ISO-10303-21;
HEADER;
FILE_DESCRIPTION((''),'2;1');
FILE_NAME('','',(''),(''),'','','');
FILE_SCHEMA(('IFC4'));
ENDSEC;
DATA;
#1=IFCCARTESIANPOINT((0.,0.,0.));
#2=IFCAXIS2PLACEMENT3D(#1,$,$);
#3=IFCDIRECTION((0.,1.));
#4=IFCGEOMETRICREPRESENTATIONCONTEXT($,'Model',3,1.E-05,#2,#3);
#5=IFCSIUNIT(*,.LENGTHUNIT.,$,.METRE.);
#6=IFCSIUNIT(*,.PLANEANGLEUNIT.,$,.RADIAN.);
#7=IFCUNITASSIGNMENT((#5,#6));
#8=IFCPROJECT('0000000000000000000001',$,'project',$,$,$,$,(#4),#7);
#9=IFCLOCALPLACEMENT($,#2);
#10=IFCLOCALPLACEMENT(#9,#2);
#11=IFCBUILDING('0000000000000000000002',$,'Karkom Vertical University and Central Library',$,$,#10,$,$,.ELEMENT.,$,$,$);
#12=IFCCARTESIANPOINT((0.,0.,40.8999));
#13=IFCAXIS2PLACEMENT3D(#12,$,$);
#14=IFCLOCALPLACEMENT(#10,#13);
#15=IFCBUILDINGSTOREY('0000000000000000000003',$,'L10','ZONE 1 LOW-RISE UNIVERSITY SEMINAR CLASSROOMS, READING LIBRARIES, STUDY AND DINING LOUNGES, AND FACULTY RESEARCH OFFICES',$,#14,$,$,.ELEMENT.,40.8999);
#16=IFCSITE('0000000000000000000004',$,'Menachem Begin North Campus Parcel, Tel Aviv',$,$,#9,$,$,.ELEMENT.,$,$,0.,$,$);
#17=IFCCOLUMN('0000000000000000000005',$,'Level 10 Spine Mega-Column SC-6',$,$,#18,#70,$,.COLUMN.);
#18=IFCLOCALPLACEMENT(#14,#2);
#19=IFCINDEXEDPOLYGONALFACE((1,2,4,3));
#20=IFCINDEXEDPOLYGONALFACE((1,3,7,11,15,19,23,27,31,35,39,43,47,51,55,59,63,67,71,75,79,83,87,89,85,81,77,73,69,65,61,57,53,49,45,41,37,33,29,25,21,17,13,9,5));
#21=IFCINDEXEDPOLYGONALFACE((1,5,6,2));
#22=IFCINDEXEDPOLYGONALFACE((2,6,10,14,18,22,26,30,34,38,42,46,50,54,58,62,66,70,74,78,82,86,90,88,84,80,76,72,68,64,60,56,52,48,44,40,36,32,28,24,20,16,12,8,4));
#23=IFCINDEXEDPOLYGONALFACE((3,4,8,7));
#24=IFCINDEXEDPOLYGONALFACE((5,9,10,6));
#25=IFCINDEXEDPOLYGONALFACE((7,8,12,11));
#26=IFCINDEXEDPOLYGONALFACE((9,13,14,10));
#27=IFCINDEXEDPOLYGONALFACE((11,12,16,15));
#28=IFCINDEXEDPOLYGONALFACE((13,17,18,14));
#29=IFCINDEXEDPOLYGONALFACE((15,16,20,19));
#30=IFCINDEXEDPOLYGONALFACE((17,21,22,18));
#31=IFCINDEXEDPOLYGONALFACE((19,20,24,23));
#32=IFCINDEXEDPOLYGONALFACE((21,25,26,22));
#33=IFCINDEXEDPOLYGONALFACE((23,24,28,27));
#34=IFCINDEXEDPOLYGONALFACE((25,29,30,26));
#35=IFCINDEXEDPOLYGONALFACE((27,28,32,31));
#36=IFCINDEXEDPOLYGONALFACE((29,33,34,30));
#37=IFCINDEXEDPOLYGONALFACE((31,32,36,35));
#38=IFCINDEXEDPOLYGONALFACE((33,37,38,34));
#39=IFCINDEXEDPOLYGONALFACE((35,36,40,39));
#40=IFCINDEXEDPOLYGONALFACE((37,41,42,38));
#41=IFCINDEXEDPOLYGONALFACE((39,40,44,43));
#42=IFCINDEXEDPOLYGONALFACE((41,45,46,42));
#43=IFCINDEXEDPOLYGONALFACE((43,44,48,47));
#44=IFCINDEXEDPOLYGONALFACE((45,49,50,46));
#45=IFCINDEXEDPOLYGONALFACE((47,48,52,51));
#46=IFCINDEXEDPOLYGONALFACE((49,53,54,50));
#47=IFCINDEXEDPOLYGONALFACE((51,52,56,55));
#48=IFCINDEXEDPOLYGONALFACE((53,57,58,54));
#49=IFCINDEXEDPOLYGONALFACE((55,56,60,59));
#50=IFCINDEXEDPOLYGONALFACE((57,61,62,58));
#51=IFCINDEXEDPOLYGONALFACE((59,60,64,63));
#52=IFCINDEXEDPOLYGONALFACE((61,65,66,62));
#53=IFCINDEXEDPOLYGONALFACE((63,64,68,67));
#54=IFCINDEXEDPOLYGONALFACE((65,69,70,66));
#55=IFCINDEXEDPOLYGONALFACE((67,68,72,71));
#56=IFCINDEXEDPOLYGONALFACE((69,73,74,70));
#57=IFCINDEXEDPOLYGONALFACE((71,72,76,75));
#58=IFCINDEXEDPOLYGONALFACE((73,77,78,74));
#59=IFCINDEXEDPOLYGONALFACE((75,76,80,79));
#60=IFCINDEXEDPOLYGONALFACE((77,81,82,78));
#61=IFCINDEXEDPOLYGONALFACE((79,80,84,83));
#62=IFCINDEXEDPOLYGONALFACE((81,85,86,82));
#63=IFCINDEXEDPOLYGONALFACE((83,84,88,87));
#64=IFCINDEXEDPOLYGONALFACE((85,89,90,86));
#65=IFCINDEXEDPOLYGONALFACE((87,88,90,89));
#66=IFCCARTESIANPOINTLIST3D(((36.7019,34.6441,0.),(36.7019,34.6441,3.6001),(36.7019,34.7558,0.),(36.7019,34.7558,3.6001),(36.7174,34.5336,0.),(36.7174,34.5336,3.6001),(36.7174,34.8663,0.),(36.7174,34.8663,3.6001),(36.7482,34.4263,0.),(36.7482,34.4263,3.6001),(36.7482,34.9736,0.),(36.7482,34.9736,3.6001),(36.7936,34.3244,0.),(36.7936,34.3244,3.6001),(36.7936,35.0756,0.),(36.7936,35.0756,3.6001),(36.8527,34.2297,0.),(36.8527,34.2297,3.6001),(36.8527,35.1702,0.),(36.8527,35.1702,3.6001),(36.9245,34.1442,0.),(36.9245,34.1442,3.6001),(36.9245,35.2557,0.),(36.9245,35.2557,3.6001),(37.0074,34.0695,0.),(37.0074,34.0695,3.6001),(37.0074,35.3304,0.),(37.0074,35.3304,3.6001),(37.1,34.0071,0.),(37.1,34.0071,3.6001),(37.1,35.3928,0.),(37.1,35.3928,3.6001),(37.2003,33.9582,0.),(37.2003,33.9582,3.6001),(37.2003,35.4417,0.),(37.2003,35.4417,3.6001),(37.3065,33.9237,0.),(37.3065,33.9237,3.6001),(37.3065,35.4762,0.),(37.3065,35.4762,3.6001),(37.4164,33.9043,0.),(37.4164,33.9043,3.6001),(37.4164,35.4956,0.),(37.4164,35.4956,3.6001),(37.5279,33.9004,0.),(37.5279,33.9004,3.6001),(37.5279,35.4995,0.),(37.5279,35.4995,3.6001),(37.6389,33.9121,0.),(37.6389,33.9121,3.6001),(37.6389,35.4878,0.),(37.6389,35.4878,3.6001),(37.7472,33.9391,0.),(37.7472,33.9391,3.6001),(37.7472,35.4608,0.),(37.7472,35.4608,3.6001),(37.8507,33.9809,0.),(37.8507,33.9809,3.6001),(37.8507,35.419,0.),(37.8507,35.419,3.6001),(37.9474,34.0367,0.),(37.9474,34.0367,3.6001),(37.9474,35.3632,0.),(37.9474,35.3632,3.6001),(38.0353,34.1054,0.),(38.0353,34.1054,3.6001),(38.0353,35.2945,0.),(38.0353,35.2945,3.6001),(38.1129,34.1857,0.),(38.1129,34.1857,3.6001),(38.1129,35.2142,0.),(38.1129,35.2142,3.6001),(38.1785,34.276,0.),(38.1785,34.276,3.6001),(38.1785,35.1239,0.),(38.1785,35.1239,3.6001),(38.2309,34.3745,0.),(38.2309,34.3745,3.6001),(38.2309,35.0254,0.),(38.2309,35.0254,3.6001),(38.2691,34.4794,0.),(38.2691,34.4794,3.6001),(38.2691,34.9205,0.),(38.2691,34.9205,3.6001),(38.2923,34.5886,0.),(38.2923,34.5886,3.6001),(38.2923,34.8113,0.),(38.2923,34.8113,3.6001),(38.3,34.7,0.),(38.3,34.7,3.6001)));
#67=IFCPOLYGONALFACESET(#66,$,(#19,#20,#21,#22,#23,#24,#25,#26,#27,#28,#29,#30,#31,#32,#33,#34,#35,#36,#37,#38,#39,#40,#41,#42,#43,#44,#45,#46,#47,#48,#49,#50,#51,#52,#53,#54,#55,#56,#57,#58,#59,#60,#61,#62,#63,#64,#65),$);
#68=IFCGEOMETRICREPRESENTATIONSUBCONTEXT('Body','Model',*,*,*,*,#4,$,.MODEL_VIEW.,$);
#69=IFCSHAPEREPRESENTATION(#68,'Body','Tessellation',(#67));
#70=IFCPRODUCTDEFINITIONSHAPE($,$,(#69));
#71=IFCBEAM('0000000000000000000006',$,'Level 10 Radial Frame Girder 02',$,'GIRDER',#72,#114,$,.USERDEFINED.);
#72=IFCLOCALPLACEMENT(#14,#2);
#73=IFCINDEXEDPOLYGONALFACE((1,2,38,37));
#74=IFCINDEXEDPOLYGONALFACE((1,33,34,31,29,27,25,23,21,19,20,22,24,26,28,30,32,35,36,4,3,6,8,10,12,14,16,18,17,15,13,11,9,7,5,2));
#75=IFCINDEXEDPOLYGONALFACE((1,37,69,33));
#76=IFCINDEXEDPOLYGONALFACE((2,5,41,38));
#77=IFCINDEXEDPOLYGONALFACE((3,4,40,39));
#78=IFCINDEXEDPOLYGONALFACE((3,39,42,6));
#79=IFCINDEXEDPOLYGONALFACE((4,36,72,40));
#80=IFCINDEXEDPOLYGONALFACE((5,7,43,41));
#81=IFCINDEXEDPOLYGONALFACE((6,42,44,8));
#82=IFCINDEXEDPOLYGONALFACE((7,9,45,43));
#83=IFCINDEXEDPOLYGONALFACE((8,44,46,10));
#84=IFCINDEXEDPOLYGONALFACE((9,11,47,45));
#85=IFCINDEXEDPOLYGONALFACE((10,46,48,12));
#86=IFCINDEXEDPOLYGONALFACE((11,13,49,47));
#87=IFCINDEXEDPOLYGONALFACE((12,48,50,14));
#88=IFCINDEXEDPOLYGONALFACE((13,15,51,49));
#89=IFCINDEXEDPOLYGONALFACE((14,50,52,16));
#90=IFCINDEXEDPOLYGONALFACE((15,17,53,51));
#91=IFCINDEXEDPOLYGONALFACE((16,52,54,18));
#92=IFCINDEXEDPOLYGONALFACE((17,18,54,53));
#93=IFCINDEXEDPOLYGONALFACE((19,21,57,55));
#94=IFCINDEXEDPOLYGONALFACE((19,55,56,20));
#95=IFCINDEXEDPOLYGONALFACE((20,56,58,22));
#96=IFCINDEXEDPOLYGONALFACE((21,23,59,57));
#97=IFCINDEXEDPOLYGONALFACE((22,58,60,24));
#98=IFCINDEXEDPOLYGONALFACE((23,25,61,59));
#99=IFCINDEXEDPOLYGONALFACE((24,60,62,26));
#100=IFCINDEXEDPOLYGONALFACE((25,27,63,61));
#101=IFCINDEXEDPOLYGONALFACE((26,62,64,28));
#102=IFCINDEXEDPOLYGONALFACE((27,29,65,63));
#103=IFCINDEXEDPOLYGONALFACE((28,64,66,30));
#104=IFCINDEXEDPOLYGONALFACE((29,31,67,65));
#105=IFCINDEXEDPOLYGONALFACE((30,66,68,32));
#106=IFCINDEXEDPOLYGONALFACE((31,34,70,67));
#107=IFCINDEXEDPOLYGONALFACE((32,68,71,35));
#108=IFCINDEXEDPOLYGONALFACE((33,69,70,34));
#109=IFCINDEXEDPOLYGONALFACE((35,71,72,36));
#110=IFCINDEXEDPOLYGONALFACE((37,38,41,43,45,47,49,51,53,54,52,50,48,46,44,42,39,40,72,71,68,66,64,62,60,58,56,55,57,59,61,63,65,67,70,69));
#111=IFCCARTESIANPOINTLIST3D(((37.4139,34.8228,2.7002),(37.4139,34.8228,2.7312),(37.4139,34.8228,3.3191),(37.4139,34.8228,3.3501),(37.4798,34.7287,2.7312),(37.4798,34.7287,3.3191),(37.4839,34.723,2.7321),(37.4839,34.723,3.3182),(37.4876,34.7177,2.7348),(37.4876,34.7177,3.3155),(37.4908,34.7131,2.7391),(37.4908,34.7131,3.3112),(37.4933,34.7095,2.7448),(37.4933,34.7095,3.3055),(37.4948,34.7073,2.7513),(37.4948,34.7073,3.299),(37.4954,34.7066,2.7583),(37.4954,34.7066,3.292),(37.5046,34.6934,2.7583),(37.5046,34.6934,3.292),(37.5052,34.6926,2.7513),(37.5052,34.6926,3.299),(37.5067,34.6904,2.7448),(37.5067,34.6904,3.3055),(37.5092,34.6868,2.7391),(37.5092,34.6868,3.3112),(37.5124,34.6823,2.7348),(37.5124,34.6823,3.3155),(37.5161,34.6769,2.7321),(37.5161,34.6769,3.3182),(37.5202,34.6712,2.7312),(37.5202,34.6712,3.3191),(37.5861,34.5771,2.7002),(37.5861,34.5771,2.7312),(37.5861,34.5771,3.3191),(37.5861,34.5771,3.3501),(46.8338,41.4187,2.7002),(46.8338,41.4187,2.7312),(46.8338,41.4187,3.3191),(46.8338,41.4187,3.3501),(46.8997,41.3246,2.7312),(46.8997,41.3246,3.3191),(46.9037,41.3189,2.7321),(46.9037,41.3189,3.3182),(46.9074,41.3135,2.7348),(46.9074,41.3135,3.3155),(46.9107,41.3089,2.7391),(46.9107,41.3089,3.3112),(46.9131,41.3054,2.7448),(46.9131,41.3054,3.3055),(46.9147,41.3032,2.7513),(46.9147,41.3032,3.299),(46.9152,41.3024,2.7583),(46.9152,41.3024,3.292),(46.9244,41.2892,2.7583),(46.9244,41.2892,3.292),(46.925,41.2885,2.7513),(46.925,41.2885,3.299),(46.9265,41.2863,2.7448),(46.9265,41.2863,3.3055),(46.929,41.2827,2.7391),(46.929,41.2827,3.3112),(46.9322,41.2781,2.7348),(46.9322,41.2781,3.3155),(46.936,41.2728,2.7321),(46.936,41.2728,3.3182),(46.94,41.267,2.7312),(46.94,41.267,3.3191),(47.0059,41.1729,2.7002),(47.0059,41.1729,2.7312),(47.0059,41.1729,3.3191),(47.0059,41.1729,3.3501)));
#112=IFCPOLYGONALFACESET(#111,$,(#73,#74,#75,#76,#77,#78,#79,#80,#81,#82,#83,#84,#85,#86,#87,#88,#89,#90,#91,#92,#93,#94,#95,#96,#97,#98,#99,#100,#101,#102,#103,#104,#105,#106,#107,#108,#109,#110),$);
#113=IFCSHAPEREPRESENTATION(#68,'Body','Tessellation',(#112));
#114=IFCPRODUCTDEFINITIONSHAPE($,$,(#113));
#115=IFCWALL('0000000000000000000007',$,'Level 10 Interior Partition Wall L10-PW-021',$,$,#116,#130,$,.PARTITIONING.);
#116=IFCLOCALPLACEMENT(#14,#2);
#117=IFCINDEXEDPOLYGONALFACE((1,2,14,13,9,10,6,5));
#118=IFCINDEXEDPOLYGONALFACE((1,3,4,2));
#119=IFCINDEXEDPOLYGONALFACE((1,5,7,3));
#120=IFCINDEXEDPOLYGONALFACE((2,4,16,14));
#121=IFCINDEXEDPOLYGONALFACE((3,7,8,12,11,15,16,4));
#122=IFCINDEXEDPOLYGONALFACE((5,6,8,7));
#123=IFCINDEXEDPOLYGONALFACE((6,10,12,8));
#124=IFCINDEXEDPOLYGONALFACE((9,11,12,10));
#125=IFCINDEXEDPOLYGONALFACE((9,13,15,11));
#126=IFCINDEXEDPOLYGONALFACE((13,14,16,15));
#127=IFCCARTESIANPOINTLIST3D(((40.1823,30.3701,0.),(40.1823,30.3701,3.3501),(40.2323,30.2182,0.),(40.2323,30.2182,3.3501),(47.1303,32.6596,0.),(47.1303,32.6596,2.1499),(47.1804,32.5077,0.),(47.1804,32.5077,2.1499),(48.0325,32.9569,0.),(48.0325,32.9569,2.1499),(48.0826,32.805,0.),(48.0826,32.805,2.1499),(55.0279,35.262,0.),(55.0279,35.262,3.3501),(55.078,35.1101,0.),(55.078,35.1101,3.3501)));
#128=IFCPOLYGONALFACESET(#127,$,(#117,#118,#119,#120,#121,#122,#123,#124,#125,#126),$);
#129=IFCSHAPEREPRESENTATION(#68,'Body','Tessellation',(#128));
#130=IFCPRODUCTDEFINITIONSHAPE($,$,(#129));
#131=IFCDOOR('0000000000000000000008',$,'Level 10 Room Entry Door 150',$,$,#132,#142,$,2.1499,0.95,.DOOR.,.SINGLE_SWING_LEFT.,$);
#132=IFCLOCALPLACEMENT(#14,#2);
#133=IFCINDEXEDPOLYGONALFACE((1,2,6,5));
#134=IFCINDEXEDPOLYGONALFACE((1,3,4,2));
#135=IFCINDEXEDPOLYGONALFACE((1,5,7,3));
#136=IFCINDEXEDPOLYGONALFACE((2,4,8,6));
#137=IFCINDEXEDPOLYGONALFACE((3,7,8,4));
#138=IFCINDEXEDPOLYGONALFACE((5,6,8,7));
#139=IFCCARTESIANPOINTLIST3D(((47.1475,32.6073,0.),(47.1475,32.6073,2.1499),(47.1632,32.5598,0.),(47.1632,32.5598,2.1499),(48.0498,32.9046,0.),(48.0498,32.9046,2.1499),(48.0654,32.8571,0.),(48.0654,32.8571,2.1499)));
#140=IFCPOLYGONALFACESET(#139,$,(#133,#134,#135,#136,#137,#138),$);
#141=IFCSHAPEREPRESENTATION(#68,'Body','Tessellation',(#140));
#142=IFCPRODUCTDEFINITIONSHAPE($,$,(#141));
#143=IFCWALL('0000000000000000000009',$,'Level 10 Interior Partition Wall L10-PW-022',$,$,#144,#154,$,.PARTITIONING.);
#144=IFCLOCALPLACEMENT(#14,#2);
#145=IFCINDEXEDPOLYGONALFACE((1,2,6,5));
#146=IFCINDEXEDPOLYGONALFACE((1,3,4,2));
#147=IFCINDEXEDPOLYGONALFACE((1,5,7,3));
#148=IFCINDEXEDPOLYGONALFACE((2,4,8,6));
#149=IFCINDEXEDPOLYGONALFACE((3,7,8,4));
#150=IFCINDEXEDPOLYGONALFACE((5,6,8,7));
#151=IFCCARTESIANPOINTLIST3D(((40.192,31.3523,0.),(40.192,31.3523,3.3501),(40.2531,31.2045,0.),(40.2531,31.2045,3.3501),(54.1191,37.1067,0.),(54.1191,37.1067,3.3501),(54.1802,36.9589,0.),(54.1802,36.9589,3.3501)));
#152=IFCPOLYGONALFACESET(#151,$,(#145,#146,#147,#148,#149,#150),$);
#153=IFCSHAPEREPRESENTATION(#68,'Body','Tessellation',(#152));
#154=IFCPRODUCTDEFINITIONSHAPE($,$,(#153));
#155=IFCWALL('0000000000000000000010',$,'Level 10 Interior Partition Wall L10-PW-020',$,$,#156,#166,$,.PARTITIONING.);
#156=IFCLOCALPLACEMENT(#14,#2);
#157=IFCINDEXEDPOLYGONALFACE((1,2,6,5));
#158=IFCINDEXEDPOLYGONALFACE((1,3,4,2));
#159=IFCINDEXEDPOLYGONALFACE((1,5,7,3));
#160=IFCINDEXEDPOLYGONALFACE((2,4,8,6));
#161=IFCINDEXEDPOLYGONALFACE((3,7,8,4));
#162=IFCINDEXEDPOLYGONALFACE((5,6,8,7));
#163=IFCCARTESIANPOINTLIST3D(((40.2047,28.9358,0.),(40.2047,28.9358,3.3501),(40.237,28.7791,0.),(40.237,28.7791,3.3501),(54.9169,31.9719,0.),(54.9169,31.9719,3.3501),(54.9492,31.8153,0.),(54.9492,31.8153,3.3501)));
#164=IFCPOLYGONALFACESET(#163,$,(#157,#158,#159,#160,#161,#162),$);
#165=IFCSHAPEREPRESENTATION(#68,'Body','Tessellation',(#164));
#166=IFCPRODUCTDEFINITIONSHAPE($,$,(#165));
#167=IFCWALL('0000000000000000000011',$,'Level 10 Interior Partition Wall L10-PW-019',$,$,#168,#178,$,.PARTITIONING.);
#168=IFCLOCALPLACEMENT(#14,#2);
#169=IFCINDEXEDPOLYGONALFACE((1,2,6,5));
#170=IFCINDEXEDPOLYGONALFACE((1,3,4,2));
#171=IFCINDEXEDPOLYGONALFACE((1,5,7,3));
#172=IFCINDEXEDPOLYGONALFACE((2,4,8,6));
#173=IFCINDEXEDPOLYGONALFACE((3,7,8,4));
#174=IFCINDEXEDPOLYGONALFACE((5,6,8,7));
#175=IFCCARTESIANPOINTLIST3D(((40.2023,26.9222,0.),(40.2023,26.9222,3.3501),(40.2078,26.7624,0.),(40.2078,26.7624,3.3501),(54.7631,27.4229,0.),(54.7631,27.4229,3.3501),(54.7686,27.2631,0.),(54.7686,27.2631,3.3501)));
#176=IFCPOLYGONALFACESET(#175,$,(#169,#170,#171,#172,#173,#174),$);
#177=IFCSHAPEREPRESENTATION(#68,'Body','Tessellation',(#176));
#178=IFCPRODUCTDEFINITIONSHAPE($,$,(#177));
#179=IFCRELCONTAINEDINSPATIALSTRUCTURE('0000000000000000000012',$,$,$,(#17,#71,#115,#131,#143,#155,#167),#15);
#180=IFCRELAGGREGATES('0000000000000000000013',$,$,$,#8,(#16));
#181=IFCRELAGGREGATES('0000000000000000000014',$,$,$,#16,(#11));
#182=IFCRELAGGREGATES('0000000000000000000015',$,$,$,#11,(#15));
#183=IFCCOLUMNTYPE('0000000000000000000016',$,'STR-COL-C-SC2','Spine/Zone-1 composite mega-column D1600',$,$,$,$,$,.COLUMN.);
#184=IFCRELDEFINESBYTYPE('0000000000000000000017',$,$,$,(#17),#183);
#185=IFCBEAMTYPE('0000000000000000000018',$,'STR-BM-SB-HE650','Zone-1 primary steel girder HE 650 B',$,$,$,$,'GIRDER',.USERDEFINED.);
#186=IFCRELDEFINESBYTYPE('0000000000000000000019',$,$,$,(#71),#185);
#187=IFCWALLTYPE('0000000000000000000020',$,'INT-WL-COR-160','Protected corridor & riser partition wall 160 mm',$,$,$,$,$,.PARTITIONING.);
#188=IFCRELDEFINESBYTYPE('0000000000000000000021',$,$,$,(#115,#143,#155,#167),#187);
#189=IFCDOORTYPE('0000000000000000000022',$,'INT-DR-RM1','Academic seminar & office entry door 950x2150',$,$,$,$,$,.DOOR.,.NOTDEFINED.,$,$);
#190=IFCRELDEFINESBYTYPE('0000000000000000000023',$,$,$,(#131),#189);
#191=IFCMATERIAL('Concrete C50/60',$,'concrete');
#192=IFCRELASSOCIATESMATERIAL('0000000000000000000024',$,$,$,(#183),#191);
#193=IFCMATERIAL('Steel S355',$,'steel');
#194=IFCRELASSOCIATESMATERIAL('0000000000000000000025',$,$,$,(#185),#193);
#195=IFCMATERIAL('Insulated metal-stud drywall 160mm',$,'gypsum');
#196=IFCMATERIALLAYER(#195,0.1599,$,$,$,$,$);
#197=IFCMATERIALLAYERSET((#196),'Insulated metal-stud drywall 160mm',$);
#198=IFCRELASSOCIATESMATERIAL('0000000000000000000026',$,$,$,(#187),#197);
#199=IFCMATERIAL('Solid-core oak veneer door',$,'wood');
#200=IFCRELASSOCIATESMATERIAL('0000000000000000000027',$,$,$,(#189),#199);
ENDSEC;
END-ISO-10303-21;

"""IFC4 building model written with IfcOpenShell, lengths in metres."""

from ifc_helpers import new_model, si_unit, direction, frame, frame_2d, origin, origin_with_axes, origin_2d, place, context, subcontext, project, spatial, rectangle, circle, i_section, extrude, source, transform, mapped, material, layer, layer_set, material_profile, profile_set, type_object, element, fill, save


model = new_model("IFC4")

# Units and contexts
model_context = context("Model", 3, precision=1e-05, world=origin(), true_north=direction((0.0, 1.0)))
body_context = subcontext(model_context, "Body", "Model", "MODEL_VIEW")
ifc_project = project(units=[si_unit("LENGTHUNIT", "METRE"), si_unit("PLANEANGLEUNIT", "RADIAN")], contexts=[model_context])

# Site, building, storey
site_placement = place(None, origin())
site = spatial("IfcSite", under=ifc_project, at=site_placement, Name="Menachem Begin North Campus Parcel, Tel Aviv", CompositionType="ELEMENT", RefElevation=0.0)
building_placement = place(site_placement, origin())
building = spatial("IfcBuilding", under=site, at=building_placement, Name="Karkom Vertical University and Central Library", CompositionType="ELEMENT")
storey_placement = place(building_placement, frame((0.0, 0.0, 40.8999)))
storey = spatial("IfcBuildingStorey", under=building, at=storey_placement, Name="L10", Description="ZONE 1 LOW-RISE UNIVERSITY SEMINAR CLASSROOMS, READING LIBRARIES, STUDY AND DINING LOUNGES, AND FACULTY RESEARCH OFFICES", CompositionType="ELEMENT", Elevation=40.8999)

# Column
ifc_material_1 = material(Name="Concrete C50/60", Category="concrete")
ifc_material_profile_1 = material_profile(ifc_material_1, circle(Radius=0.8, at=origin_2d()), Name="CFT-D1600")
ifc_profile_set_1 = profile_set([ifc_material_profile_1], Name="Concrete C50/60")
column_type = type_object("IfcColumnType", Name="STR-COL-C-SC2", Description="Spine/Zone-1 composite mega-column D1600", PredefinedType="COLUMN", material=ifc_profile_set_1)
shared_shape_1 = source(origin_with_axes(), body_context, "Body", "SweptSolid", [
    extrude(circle(Radius=0.8, at=origin_2d()), origin(), (0.0, 0.0, 1.0), 3.6001),
])
column_placement = place(storey_placement, frame((37.5, 34.7, 0.0), z_axis=(0.0, 0.0, 1.0), x_axis=(1.0, 0.0, 0.0)))
element("IfcColumn", 1, at=column_placement, inside=storey, type_object=column_type, Name="Level 10 Spine Mega-Column SC-6", PredefinedType="COLUMN", context=body_context, shape_type="MappedRepresentation", body=[
    mapped(shared_shape_1, transform((0.0, 0.0, 0.0), scale=1.0)),
])

# Beam
ifc_material_2 = material(Name="Steel S355", Category="steel")
ifc_material_profile_2 = material_profile(ifc_material_2, i_section(OverallWidth=0.3, OverallDepth=0.6499, WebThickness=0.0161, FlangeThickness=0.031, FilletRadius=0.0271, at=origin_2d()), Name="HE 650 B")
ifc_profile_set_2 = profile_set([ifc_material_profile_2], Name="Steel S355")
beam_type = type_object("IfcBeamType", Name="STR-BM-SB-HE650", Description="Zone-1 primary steel girder HE 650 B", ElementType="GIRDER", PredefinedType="USERDEFINED", material=ifc_profile_set_2)
shared_shape_2 = source(origin_with_axes(), body_context, "Body", "SweptSolid", [
    extrude(i_section(OverallWidth=0.3, OverallDepth=0.6499, WebThickness=0.0161, FlangeThickness=0.031, FilletRadius=0.0271, at=origin_2d()), origin(), (0.0, 0.0, 1.0), 11.4995),
])
beam_placement = place(storey_placement, frame((37.5, 34.7, 3.0251), z_axis=(0.81915, 0.573579, 0.0), x_axis=(-0.573579, 0.81915, 0.0)))
element("IfcBeam", 2, at=beam_placement, inside=storey, type_object=beam_type, Name="Level 10 Radial Frame Girder 02", ObjectType="GIRDER", PredefinedType="USERDEFINED", context=body_context, shape_type="MappedRepresentation", body=[
    mapped(shared_shape_2, transform((0.0, 0.0, 0.0), scale=1.0)),
])

# Wall, opening, door
ifc_material_3 = material(Name="Insulated metal-stud drywall 160mm", Category="gypsum")
ifc_layer_1 = layer(ifc_material_3, 0.1599)
ifc_layer_set_1 = layer_set([ifc_layer_1], Name="Insulated metal-stud drywall 160mm")
wall_type_1 = type_object("IfcWallType", Name="INT-WL-COR-160", Description="Protected corridor & riser partition wall 160 mm", PredefinedType="PARTITIONING", material=ifc_layer_set_1)
wall_1_placement = place(storey_placement, frame((40.2073, 30.2942, 0.0), z_axis=(0.0, 0.0, 1.0), x_axis=(0.949766, 0.31296, 0.0)))
wall_1 = element("IfcWall", 3, at=wall_1_placement, inside=storey, type_object=wall_type_1, Name="Level 10 Interior Partition Wall L10-PW-021", PredefinedType="PARTITIONING", context=body_context, shape_type="SweptSolid", body=[
    extrude(rectangle(XDim=15.6309, YDim=0.1599, at=frame_2d((7.8154, 0.0))), origin(), (0.0, 0.0, 1.0), 3.3501),
])
opening_1_placement = place(wall_1_placement, frame((7.3154, 0.0, 0.0)))
opening_1 = element("IfcOpeningElement", 4, at=opening_1_placement, cuts=wall_1, PredefinedType="OPENING", context=body_context, shape_type="SweptSolid", body=[
    extrude(rectangle(XDim=0.95, YDim=2.1499, at=frame_2d((0.4751, 1.075))), frame((0.0, 0.0898, 0.0), z_axis=(0.0, -1.0, 0.0), x_axis=(1.0, 0.0, 0.0)), (0.0, 0.0, 1.0), 0.1799),
])
ifc_material_4 = material(Name="Solid-core oak veneer door", Category="wood")
door_type_1 = type_object("IfcDoorType", Name="INT-DR-RM1", Description="Academic seminar & office entry door 950x2150", OperationType="NOTDEFINED", PredefinedType="DOOR", material=ifc_material_4)
shared_shape_3 = source(origin_with_axes(), body_context, "Body", "SweptSolid", [
    extrude(rectangle(XDim=0.95, YDim=2.1499, at=frame_2d((0.4751, 1.075))), frame((0.0, 0.0249, 0.0), z_axis=(0.0, -1.0, 0.0), x_axis=(1.0, 0.0, 0.0)), (0.0, 0.0, 1.0), 0.05),
])
door_1_placement = place(opening_1_placement, origin())
door_1 = element("IfcDoor", 5, at=door_1_placement, inside=storey, type_object=door_type_1, Name="Level 10 Room Entry Door 150", OperationType="SINGLE_SWING_LEFT", OverallHeight=2.1499, OverallWidth=0.95, PredefinedType="DOOR", context=body_context, shape_type="MappedRepresentation", body=[
    mapped(shared_shape_3, transform((0.0, 0.0, 0.0), scale=1.0)),
])
fill(opening_1, door_1)

# Walls
wall_2_placement = place(storey_placement, frame((40.2224, 31.2783, 0.0), z_axis=(0.0, 0.0, 1.0), x_axis=(0.924216, 0.38187, 0.0)))
element("IfcWall", 6, at=wall_2_placement, inside=storey, type_object=wall_type_1, Name="Level 10 Interior Partition Wall L10-PW-022", PredefinedType="PARTITIONING", context=body_context, shape_type="SweptSolid", body=[
    extrude(rectangle(XDim=15.0691, YDim=0.1599, at=frame_2d((7.5347, 0.0))), origin(), (0.0, 0.0, 1.0), 3.3501),
])
wall_3_placement = place(storey_placement, frame((40.2207, 28.8574, 0.0), z_axis=(0.0, 0.0, 1.0), x_axis=(0.979363, 0.20211, 0.0)))
element("IfcWall", 7, at=wall_3_placement, inside=storey, type_object=wall_type_1, Name="Level 10 Interior Partition Wall L10-PW-020", PredefinedType="PARTITIONING", context=body_context, shape_type="SweptSolid", body=[
    extrude(rectangle(XDim=15.0222, YDim=0.1599, at=frame_2d((7.5112, 0.0))), origin(), (0.0, 0.0, 1.0), 3.3501),
])
wall_4_placement = place(storey_placement, frame((40.2051, 26.8423, 0.0), z_axis=(0.0, 0.0, 1.0), x_axis=(0.999409, 0.034369, 0.0)))
element("IfcWall", 8, at=wall_4_placement, inside=storey, type_object=wall_type_1, Name="Level 10 Interior Partition Wall L10-PW-019", PredefinedType="PARTITIONING", context=body_context, shape_type="SweptSolid", body=[
    extrude(rectangle(XDim=14.5693, YDim=0.1599, at=frame_2d((7.2847, 0.0))), origin(), (0.0, 0.0, 1.0), 3.3501),
])

save(model, "model.ifc")
